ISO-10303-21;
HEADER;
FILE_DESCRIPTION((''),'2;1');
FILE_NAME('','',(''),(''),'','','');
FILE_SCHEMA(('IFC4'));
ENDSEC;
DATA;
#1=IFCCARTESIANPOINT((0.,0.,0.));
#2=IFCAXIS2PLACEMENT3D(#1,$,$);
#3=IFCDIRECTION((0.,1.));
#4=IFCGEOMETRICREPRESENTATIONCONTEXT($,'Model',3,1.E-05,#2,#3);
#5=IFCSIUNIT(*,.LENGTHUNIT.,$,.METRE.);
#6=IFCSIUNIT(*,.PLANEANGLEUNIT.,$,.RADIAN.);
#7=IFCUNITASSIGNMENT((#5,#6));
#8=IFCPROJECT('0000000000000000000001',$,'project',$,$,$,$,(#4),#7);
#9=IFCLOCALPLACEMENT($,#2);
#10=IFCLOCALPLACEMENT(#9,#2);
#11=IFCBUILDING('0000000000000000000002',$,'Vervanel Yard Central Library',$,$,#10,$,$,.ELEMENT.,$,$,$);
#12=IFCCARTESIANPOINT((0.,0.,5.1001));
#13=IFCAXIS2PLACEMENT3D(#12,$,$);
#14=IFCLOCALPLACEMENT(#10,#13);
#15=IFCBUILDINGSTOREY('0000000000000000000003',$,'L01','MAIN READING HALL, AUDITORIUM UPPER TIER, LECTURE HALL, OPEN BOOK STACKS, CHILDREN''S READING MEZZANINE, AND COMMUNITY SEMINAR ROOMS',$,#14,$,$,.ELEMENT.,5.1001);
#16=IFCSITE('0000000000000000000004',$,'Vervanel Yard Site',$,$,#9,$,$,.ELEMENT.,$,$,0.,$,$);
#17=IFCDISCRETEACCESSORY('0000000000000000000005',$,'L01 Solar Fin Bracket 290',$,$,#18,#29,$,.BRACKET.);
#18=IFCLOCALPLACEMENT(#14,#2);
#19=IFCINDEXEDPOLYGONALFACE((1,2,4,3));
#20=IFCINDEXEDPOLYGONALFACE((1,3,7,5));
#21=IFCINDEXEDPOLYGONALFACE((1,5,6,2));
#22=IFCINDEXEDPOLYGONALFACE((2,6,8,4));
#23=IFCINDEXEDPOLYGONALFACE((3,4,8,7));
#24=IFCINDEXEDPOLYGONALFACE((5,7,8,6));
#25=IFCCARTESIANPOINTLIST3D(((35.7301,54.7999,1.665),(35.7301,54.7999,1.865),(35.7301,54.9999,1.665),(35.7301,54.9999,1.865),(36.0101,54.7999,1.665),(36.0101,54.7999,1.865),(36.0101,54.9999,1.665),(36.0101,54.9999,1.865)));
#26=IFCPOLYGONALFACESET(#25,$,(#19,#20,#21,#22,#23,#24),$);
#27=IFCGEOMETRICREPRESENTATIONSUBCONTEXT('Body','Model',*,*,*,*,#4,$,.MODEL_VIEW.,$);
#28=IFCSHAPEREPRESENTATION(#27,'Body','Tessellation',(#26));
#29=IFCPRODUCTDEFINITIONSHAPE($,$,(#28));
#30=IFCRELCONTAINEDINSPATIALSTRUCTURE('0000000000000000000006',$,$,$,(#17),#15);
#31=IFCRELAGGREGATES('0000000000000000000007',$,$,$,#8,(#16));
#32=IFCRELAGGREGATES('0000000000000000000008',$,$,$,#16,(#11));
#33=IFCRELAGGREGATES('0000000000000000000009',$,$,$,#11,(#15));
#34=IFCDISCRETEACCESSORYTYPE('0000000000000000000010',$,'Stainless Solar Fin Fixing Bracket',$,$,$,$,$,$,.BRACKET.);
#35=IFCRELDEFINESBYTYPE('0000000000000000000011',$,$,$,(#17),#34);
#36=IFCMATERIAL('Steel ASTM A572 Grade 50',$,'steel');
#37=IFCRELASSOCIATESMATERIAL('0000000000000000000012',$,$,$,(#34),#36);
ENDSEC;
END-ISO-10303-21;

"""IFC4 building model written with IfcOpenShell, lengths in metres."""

from ifc_helpers import new_model, si_unit, direction, frame, origin, origin_2d, place, context, subcontext, project, spatial, rectangle, extrude, material, type_object, element, save


model = new_model("IFC4")

# Units and contexts
model_context = context("Model", 3, precision=1e-05, world=origin(), true_north=direction((0.0, 1.0)))
body_context = subcontext(model_context, "Body", "Model", "MODEL_VIEW")
ifc_project = project(units=[si_unit("LENGTHUNIT", "METRE"), si_unit("PLANEANGLEUNIT", "RADIAN")], contexts=[model_context])

# Site, building, storey
site_placement = place(None, origin())
site = spatial("IfcSite", under=ifc_project, at=site_placement, Name="Vervanel Yard Site", CompositionType="ELEMENT", RefElevation=0.0)
building_placement = place(site_placement, origin())
building = spatial("IfcBuilding", under=site, at=building_placement, Name="Vervanel Yard Central Library", CompositionType="ELEMENT")
storey_placement = place(building_placement, frame((0.0, 0.0, 5.1001)))
storey = spatial("IfcBuildingStorey", under=building, at=storey_placement, Name="L01", Description="MAIN READING HALL, AUDITORIUM UPPER TIER, LECTURE HALL, OPEN BOOK STACKS, CHILDREN'S READING MEZZANINE, AND COMMUNITY SEMINAR ROOMS", CompositionType="ELEMENT", Elevation=5.1001)

# Discrete accessory
ifc_material_1 = material(Name="Steel ASTM A572 Grade 50", Category="steel")
discrete_accessory_type = type_object("IfcDiscreteAccessoryType", Name="Stainless Solar Fin Fixing Bracket", PredefinedType="BRACKET", material=ifc_material_1)
discrete_accessory_placement = place(storey_placement, frame((35.8701, 54.8999, 1.665), z_axis=(0.0, 0.0, 1.0), x_axis=(0.0, 1.0, 0.0)))
element("IfcDiscreteAccessory", 1, at=discrete_accessory_placement, inside=storey, type_object=discrete_accessory_type, Name="L01 Solar Fin Bracket 290", PredefinedType="BRACKET", context=body_context, shape_type="SweptSolid", body=[
    extrude(rectangle(XDim=0.2, YDim=0.28, at=origin_2d()), origin(), (0.0, 0.0, 1.0), 0.2),
])

save(model, "model.ifc")
